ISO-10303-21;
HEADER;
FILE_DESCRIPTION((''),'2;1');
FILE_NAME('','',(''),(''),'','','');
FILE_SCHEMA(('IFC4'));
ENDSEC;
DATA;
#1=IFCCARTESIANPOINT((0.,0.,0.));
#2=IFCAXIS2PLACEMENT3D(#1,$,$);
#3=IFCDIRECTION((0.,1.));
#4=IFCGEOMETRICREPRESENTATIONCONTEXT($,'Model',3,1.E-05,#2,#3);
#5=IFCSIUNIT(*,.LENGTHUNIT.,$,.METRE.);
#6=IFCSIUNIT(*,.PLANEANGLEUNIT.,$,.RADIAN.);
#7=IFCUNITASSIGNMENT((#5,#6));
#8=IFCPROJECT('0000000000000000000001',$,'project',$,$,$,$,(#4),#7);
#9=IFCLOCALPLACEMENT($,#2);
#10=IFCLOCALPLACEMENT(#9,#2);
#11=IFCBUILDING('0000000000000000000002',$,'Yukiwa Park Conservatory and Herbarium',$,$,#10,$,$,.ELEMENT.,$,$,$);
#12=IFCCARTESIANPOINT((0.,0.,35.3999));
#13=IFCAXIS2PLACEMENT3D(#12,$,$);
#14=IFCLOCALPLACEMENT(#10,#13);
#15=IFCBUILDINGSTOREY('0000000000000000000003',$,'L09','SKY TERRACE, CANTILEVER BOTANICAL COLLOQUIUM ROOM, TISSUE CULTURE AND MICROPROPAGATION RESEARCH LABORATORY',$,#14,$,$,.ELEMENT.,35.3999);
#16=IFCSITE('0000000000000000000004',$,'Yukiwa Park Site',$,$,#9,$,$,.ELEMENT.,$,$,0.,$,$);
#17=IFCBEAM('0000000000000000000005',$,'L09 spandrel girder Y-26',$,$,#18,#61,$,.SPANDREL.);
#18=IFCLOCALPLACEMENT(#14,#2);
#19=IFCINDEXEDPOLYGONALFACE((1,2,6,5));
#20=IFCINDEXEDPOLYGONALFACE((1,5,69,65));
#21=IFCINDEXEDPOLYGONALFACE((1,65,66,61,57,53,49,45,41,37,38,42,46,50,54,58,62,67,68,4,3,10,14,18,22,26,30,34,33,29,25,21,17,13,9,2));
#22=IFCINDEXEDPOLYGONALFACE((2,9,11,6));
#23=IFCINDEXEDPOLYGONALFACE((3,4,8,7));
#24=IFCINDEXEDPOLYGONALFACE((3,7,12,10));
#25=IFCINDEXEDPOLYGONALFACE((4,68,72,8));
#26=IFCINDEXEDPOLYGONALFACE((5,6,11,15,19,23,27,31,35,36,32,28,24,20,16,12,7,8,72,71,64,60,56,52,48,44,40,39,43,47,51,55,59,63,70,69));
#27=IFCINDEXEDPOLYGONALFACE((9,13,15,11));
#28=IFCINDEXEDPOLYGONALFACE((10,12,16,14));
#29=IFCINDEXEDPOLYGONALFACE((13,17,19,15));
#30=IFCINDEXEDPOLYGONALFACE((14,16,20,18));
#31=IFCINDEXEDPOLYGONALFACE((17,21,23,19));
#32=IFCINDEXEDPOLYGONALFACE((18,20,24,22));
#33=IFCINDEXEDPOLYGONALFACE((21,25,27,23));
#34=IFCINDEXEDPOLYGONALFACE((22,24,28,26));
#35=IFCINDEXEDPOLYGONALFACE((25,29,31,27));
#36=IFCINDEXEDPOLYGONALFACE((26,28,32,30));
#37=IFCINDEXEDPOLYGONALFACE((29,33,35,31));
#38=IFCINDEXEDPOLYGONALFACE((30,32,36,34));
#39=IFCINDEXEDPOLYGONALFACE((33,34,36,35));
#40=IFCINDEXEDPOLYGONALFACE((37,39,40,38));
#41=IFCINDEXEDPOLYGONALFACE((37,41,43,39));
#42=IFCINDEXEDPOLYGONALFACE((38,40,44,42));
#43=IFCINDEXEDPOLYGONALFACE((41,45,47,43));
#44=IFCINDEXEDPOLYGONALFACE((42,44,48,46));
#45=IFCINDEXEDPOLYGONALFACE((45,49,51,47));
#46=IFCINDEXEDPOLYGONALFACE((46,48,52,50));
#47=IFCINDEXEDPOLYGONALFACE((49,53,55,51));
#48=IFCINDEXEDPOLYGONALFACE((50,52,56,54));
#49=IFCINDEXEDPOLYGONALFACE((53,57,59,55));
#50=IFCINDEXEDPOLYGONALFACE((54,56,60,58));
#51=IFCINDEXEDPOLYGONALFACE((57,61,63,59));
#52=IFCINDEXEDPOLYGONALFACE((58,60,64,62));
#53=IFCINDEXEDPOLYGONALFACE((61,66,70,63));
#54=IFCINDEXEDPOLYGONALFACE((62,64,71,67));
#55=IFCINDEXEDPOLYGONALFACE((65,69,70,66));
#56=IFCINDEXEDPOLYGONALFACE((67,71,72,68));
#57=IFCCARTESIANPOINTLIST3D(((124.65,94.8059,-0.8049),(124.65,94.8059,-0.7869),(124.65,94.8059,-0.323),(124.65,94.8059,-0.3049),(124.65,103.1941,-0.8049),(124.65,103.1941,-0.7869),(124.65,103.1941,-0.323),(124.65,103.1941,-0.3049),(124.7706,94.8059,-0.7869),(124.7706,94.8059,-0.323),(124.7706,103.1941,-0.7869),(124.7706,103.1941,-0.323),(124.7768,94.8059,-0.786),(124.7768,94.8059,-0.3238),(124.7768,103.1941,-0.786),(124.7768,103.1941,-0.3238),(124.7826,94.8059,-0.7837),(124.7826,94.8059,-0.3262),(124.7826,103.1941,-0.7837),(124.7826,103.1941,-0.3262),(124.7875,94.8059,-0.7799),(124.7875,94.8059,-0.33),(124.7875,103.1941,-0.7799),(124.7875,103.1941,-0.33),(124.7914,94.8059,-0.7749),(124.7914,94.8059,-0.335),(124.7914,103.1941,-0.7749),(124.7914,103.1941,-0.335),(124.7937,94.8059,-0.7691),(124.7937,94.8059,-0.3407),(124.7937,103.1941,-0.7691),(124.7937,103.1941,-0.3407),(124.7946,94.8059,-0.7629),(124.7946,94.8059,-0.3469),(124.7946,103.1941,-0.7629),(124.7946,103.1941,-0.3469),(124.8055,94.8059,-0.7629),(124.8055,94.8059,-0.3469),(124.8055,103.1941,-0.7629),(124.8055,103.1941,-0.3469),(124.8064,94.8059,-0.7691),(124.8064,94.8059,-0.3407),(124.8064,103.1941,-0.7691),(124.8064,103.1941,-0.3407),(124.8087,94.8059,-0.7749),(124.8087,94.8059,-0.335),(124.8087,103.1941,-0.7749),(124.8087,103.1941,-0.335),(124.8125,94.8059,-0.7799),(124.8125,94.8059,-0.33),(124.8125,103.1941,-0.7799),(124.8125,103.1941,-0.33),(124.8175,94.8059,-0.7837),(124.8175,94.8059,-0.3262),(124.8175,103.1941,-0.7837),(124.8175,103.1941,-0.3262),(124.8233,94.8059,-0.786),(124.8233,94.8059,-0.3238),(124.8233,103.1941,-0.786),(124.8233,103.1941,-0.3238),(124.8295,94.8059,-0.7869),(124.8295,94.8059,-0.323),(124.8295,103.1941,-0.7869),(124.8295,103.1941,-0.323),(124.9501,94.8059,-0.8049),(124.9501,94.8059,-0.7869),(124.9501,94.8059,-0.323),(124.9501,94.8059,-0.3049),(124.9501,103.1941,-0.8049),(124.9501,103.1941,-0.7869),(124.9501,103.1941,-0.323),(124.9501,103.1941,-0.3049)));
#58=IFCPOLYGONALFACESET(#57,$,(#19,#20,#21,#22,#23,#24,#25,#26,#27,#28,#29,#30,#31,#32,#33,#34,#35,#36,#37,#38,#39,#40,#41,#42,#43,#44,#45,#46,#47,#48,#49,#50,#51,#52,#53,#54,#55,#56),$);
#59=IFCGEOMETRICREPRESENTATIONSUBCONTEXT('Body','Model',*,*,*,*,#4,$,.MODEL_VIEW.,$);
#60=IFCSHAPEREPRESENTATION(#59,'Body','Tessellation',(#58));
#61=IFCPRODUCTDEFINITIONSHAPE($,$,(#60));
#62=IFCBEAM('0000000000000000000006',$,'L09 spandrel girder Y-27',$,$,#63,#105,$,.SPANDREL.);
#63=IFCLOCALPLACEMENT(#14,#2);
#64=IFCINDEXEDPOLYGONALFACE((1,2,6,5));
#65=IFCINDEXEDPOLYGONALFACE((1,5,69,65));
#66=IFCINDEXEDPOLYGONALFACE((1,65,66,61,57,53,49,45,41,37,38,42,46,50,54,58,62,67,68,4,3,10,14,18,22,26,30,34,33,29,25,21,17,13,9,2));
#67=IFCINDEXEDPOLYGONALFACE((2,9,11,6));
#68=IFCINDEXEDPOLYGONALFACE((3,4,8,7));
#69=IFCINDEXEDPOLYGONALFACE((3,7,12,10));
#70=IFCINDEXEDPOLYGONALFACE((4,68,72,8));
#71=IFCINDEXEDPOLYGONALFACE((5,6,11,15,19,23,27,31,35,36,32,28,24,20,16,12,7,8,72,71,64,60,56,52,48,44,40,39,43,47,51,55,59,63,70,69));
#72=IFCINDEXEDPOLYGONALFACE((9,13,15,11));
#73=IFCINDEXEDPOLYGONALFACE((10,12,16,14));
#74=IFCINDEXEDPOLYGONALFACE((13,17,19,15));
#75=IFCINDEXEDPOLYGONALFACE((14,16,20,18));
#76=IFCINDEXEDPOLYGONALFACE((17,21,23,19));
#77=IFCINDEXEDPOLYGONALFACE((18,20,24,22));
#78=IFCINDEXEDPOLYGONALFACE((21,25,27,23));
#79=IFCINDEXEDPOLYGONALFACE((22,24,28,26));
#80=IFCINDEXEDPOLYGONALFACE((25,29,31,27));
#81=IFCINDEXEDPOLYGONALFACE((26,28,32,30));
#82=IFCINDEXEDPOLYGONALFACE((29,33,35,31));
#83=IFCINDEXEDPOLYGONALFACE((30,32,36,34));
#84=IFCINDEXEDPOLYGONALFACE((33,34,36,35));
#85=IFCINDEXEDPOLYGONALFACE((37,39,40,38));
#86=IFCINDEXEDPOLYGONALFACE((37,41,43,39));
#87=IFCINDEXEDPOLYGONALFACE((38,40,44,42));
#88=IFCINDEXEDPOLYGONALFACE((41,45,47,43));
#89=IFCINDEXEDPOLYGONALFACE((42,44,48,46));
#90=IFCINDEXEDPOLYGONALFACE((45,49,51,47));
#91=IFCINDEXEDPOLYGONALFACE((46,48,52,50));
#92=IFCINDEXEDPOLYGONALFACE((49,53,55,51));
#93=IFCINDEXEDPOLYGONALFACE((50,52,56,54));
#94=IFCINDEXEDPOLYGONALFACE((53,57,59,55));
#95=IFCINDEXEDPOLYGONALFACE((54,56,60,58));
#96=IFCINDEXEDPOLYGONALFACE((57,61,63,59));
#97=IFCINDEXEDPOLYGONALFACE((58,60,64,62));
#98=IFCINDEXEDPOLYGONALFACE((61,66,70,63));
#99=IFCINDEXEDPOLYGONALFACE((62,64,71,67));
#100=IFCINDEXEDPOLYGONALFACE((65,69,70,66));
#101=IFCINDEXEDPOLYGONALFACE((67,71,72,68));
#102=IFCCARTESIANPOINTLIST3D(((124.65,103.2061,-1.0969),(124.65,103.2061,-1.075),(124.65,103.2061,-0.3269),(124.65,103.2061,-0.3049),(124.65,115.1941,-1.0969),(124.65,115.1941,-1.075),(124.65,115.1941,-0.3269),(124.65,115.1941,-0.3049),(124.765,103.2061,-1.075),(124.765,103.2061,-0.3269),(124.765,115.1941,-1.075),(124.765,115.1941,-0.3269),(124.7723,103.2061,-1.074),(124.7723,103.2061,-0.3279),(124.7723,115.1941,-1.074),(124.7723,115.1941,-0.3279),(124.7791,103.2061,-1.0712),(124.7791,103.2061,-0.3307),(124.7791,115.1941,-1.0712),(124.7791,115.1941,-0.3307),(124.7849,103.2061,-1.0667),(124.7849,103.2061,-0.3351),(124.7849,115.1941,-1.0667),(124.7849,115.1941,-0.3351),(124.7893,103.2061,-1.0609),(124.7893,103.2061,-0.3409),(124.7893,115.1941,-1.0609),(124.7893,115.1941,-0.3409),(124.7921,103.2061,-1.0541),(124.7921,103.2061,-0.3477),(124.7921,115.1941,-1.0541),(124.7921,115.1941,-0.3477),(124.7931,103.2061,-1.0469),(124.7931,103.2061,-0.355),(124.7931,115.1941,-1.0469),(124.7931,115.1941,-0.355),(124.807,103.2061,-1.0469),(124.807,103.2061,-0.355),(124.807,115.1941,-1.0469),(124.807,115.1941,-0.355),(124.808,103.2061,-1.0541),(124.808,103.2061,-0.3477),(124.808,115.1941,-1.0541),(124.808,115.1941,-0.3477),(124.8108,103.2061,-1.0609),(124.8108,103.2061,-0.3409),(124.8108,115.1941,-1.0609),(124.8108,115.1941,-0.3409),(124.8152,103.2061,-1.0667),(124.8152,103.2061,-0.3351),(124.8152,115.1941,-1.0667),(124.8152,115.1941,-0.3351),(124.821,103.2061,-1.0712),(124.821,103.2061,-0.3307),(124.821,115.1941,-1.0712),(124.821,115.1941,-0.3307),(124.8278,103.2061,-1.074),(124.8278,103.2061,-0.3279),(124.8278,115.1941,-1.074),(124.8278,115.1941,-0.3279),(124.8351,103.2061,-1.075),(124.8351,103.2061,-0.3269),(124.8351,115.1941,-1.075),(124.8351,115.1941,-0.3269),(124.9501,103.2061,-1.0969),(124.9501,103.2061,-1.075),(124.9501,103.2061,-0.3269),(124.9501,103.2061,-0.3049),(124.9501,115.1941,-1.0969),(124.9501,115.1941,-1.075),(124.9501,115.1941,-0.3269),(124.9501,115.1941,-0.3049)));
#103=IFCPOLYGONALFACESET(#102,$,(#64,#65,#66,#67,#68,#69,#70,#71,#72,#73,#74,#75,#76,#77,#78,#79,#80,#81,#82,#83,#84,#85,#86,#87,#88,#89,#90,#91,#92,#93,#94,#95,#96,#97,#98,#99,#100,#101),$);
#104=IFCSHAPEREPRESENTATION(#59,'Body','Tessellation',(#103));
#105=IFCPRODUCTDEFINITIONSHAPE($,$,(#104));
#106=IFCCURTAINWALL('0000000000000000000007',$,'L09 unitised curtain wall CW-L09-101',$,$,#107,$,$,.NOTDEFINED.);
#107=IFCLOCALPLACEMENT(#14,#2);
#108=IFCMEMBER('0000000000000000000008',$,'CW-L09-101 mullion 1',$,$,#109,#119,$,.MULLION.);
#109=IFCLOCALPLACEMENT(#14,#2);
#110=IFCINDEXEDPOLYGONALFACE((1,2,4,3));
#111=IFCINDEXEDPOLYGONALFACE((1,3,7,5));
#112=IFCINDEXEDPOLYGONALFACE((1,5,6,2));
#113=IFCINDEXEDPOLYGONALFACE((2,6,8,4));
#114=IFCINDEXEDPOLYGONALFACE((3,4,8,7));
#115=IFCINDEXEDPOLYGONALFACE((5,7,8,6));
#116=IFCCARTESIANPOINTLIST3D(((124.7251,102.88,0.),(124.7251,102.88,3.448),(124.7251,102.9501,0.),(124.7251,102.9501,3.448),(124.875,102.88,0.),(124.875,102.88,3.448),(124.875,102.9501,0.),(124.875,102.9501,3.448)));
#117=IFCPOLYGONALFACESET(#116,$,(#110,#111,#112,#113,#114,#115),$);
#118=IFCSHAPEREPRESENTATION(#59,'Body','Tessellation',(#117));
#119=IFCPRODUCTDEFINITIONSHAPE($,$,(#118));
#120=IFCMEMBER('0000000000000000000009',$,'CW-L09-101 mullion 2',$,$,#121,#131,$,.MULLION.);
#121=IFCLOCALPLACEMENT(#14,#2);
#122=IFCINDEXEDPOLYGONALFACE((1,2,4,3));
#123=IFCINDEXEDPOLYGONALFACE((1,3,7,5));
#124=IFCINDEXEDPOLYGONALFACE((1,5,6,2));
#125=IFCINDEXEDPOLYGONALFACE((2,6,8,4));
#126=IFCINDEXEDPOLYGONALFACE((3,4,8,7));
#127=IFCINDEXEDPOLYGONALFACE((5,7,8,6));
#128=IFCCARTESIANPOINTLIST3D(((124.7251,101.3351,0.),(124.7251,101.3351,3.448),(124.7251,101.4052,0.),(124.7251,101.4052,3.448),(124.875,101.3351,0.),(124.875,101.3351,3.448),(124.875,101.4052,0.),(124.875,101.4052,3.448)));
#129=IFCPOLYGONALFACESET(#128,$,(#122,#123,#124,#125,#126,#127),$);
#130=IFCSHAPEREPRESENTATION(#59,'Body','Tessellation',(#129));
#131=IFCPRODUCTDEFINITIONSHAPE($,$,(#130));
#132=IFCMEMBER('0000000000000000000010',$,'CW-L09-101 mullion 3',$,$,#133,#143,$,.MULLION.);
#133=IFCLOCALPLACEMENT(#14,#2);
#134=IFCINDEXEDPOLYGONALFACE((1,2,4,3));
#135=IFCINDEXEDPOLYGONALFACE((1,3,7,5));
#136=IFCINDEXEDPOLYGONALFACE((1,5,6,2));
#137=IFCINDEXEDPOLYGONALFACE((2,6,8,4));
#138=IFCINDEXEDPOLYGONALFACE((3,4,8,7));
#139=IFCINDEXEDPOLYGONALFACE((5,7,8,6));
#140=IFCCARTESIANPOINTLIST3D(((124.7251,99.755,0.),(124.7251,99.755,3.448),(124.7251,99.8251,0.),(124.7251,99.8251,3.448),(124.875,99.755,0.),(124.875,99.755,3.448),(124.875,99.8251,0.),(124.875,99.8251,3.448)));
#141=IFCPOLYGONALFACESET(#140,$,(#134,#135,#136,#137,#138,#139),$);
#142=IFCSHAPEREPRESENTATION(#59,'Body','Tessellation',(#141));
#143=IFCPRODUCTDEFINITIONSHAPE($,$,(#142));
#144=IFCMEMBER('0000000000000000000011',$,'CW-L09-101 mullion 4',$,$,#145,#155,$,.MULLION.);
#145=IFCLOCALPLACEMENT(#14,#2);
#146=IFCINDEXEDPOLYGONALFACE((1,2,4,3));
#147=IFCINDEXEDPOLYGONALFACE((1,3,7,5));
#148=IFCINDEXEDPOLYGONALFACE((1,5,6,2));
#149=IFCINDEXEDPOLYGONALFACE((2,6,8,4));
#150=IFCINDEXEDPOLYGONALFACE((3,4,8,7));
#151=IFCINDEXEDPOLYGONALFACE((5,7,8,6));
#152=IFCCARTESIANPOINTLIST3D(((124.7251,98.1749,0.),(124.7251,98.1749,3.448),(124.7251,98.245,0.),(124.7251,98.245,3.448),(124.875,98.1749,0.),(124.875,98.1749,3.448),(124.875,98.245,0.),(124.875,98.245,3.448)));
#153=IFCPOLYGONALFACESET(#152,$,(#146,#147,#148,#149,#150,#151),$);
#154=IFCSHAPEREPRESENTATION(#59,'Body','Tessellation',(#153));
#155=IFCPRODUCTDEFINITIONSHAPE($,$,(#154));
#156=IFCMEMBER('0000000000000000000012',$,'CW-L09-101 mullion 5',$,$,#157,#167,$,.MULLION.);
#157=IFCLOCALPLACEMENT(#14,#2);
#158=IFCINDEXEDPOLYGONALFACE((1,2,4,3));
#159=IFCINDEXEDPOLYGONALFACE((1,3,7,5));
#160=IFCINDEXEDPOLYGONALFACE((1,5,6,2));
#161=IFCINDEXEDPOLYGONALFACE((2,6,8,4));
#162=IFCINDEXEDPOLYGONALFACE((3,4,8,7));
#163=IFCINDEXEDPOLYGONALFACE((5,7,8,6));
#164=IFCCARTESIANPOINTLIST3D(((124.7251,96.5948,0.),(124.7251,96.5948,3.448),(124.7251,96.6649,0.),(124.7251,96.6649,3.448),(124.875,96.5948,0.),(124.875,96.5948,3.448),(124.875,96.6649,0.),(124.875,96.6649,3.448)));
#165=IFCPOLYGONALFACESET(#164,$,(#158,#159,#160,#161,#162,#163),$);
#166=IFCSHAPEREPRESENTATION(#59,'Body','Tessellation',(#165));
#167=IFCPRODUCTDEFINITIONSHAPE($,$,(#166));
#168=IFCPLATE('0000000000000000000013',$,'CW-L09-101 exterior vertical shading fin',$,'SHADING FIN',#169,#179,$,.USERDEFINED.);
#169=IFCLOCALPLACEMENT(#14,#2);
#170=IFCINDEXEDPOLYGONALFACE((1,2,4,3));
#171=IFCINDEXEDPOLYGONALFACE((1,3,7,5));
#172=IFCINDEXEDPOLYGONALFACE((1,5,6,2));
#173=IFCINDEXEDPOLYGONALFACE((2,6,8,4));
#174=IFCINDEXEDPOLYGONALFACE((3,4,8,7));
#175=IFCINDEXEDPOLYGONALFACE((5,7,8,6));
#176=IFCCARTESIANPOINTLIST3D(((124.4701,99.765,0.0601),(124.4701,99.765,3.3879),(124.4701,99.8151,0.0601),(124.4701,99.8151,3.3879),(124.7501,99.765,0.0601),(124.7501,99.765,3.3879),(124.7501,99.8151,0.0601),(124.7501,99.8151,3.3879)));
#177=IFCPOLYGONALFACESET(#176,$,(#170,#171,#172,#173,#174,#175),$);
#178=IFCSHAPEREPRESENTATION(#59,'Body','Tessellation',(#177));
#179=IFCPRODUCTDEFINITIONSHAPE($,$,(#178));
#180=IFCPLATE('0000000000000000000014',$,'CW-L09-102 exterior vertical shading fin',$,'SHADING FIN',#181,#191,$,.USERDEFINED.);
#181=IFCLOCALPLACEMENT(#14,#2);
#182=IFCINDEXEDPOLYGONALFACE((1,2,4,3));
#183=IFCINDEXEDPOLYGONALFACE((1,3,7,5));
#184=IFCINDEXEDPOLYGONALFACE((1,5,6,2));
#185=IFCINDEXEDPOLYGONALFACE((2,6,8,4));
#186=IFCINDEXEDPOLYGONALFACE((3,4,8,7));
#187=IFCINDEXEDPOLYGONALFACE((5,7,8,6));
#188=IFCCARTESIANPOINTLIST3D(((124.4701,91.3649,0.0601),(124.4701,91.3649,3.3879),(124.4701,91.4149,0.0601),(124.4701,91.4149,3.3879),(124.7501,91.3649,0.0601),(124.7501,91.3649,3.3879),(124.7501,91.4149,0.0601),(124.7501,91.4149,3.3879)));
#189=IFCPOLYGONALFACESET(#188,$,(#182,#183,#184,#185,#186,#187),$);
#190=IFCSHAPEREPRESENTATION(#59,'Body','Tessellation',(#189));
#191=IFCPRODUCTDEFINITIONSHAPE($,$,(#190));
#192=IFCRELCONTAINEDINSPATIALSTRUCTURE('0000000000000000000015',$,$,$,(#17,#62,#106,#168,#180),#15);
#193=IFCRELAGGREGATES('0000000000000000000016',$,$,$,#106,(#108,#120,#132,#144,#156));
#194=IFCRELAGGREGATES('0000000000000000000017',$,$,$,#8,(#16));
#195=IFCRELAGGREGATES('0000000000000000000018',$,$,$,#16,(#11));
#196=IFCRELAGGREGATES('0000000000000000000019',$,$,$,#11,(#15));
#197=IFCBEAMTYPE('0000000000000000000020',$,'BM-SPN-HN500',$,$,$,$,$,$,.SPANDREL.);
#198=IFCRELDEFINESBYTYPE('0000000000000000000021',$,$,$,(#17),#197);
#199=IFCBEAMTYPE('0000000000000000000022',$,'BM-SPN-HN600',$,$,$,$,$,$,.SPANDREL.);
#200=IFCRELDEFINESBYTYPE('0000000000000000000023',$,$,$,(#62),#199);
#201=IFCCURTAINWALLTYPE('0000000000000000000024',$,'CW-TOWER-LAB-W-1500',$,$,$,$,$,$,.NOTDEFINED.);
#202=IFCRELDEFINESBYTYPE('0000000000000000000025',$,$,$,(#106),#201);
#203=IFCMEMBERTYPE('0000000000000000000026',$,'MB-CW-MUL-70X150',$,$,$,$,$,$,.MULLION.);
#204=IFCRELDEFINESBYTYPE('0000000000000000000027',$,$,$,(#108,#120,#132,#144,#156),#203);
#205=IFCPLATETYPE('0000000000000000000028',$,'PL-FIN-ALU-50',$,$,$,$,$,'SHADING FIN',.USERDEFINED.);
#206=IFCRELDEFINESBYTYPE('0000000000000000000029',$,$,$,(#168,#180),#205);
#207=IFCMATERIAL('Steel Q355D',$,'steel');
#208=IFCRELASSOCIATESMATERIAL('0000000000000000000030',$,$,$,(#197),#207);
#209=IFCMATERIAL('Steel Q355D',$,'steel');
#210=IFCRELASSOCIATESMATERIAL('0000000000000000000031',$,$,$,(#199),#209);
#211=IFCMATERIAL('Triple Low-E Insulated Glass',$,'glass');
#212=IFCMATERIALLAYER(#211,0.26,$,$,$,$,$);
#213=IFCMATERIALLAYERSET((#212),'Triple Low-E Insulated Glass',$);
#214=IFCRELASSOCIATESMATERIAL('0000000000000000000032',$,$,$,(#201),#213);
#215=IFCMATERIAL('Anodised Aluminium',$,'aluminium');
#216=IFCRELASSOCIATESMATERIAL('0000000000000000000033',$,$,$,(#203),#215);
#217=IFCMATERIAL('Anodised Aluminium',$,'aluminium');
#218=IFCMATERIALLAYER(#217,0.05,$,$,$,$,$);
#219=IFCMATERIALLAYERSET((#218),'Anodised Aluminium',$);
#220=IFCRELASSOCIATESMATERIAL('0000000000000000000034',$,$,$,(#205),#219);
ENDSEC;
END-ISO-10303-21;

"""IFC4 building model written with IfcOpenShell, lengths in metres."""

from ifc_helpers import new_model, si_unit, direction, frame, origin, origin_2d, place, context, subcontext, project, spatial, rectangle, i_section, extrude, material, layer, layer_set, material_profile, profile_set, type_object, element, aggregate, save


model = new_model("IFC4")

# Units and contexts
model_context = context("Model", 3, precision=1e-05, world=origin(), true_north=direction((0.0, 1.0)))
body_context = subcontext(model_context, "Body", "Model", "MODEL_VIEW")
ifc_project = project(units=[si_unit("LENGTHUNIT", "METRE"), si_unit("PLANEANGLEUNIT", "RADIAN")], contexts=[model_context])

# Site, building, storey
site_placement = place(None, origin())
site = spatial("IfcSite", under=ifc_project, at=site_placement, Name="Yukiwa Park Site", CompositionType="ELEMENT", RefElevation=0.0)
building_placement = place(site_placement, origin())
building = spatial("IfcBuilding", under=site, at=building_placement, Name="Yukiwa Park Conservatory and Herbarium", CompositionType="ELEMENT")
storey_placement = place(building_placement, frame((0.0, 0.0, 35.3999)))
storey = spatial("IfcBuildingStorey", under=building, at=storey_placement, Name="L09", Description="SKY TERRACE, CANTILEVER BOTANICAL COLLOQUIUM ROOM, TISSUE CULTURE AND MICROPROPAGATION RESEARCH LABORATORY", CompositionType="ELEMENT", Elevation=35.3999)

# Beams
ifc_material_1 = material(Name="Steel Q355D", Category="steel")
ifc_material_profile_1 = material_profile(ifc_material_1, i_section(OverallWidth=0.3, OverallDepth=0.5, WebThickness=0.011, FlangeThickness=0.0181, FilletRadius=0.0239, at=origin_2d()), Name="HM 500x300x11x18")
ifc_profile_set_1 = profile_set([ifc_material_profile_1], Name="Steel Q355D")
beam_type_1 = type_object("IfcBeamType", Name="BM-SPN-HN500", PredefinedType="SPANDREL", material=ifc_profile_set_1)
beam_1_placement = place(storey_placement, frame((124.8, 94.8059, -0.5549), z_axis=(0.0, 1.0, 0.0), x_axis=(-1.0, 0.0, 0.0)))
element("IfcBeam", 1, at=beam_1_placement, inside=storey, type_object=beam_type_1, Name="L09 spandrel girder Y-26", PredefinedType="SPANDREL", context=body_context, shape_type="SweptSolid", body=[
    extrude(i_section(OverallWidth=0.3, OverallDepth=0.5, WebThickness=0.011, FlangeThickness=0.0181, FilletRadius=0.0239, at=origin_2d()), origin(), (0.0, 0.0, 1.0), 8.3882),
])
ifc_material_2 = material(Name="Steel Q355D", Category="steel")
ifc_material_profile_2 = material_profile(ifc_material_2, i_section(OverallWidth=0.3, OverallDepth=0.792, WebThickness=0.0139, FlangeThickness=0.022, FilletRadius=0.0281, at=origin_2d()), Name="HN 792x300x14x22")
ifc_profile_set_2 = profile_set([ifc_material_profile_2], Name="Steel Q355D")
beam_type_2 = type_object("IfcBeamType", Name="BM-SPN-HN600", PredefinedType="SPANDREL", material=ifc_profile_set_2)
beam_2_placement = place(storey_placement, frame((124.8, 103.2061, -0.7009), z_axis=(0.0, 1.0, 0.0), x_axis=(-1.0, 0.0, 0.0)))
element("IfcBeam", 2, at=beam_2_placement, inside=storey, type_object=beam_type_2, Name="L09 spandrel girder Y-27", PredefinedType="SPANDREL", context=body_context, shape_type="SweptSolid", body=[
    extrude(i_section(OverallWidth=0.3, OverallDepth=0.792, WebThickness=0.0139, FlangeThickness=0.022, FilletRadius=0.0281, at=origin_2d()), origin(), (0.0, 0.0, 1.0), 11.988),
])

# Curtain wall, members
ifc_material_3 = material(Name="Triple Low-E Insulated Glass", Category="glass")
ifc_layer_1 = layer(ifc_material_3, 0.26)
ifc_layer_set_1 = layer_set([ifc_layer_1], Name="Triple Low-E Insulated Glass")
curtain_wall_type = type_object("IfcCurtainWallType", Name="CW-TOWER-LAB-W-1500", PredefinedType="NOTDEFINED", material=ifc_layer_set_1)
curtain_wall_placement = place(storey_placement, origin())
curtain_wall = element("IfcCurtainWall", 3, at=curtain_wall_placement, inside=storey, type_object=curtain_wall_type, Name="L09 unitised curtain wall CW-L09-101", PredefinedType="NOTDEFINED")
ifc_material_4 = material(Name="Anodised Aluminium", Category="aluminium")
member_type = type_object("IfcMemberType", Name="MB-CW-MUL-70X150", PredefinedType="MULLION", material=ifc_material_4)
member_1_placement = place(storey_placement, frame((124.8, 102.915, 0.0), z_axis=(0.0, 0.0, 1.0), x_axis=(0.0, -1.0, 0.0)))
member_1 = element("IfcMember", 4, at=member_1_placement, type_object=member_type, Name="CW-L09-101 mullion 1", PredefinedType="MULLION", context=body_context, shape_type="SweptSolid", body=[
    extrude(rectangle(XDim=0.0701, YDim=0.1499, at=origin_2d()), origin(), (0.0, 0.0, 1.0), 3.448),
])
member_2_placement = place(storey_placement, frame((124.8, 101.3701, 0.0), z_axis=(0.0, 0.0, 1.0), x_axis=(0.0, -1.0, 0.0)))
member_2 = element("IfcMember", 5, at=member_2_placement, type_object=member_type, Name="CW-L09-101 mullion 2", PredefinedType="MULLION", context=body_context, shape_type="SweptSolid", body=[
    extrude(rectangle(XDim=0.0701, YDim=0.1499, at=origin_2d()), origin(), (0.0, 0.0, 1.0), 3.448),
])
member_3_placement = place(storey_placement, frame((124.8, 99.79, 0.0), z_axis=(0.0, 0.0, 1.0), x_axis=(0.0, -1.0, 0.0)))
member_3 = element("IfcMember", 6, at=member_3_placement, type_object=member_type, Name="CW-L09-101 mullion 3", PredefinedType="MULLION", context=body_context, shape_type="SweptSolid", body=[
    extrude(rectangle(XDim=0.0701, YDim=0.1499, at=origin_2d()), origin(), (0.0, 0.0, 1.0), 3.448),
])
member_4_placement = place(storey_placement, frame((124.8, 98.21, 0.0), z_axis=(0.0, 0.0, 1.0), x_axis=(0.0, -1.0, 0.0)))
member_4 = element("IfcMember", 7, at=member_4_placement, type_object=member_type, Name="CW-L09-101 mullion 4", PredefinedType="MULLION", context=body_context, shape_type="SweptSolid", body=[
    extrude(rectangle(XDim=0.0701, YDim=0.1499, at=origin_2d()), origin(), (0.0, 0.0, 1.0), 3.448),
])
member_5_placement = place(storey_placement, frame((124.8, 96.6299, 0.0), z_axis=(0.0, 0.0, 1.0), x_axis=(0.0, -1.0, 0.0)))
member_5 = element("IfcMember", 8, at=member_5_placement, type_object=member_type, Name="CW-L09-101 mullion 5", PredefinedType="MULLION", context=body_context, shape_type="SweptSolid", body=[
    extrude(rectangle(XDim=0.0701, YDim=0.1499, at=origin_2d()), origin(), (0.0, 0.0, 1.0), 3.448),
])
aggregate(curtain_wall, [member_1, member_2, member_3, member_4, member_5])

# Plates
ifc_material_5 = material(Name="Anodised Aluminium", Category="aluminium")
ifc_layer_2 = layer(ifc_material_5, 0.05)
ifc_layer_set_2 = layer_set([ifc_layer_2], Name="Anodised Aluminium")
plate_type_1 = type_object("IfcPlateType", Name="PL-FIN-ALU-50", ElementType="SHADING FIN", PredefinedType="USERDEFINED", material=ifc_layer_set_2)
for number, where, z_axis, x_axis, name in (
    (9, (124.6101, 99.79, 0.0601), (0.0, 0.0, 1.0), (0.0, -1.0, 0.0), "CW-L09-101 exterior vertical shading fin"),
    (10, (124.6101, 91.3899, 0.0601), (0.0, 0.0, 1.0), (0.0, -1.0, 0.0), "CW-L09-102 exterior vertical shading fin"),
):
    element("IfcPlate", number, at=place(storey_placement, frame(where, z_axis=z_axis, x_axis=x_axis)), inside=storey, type_object=plate_type_1, Name=name, ObjectType="SHADING FIN", PredefinedType="USERDEFINED", context=body_context, shape_type="SweptSolid", body=[
        extrude(rectangle(XDim=0.05, YDim=0.28, at=origin_2d()), origin(), (0.0, 0.0, 1.0), 3.3279),
    ])

save(model, "model.ifc")
